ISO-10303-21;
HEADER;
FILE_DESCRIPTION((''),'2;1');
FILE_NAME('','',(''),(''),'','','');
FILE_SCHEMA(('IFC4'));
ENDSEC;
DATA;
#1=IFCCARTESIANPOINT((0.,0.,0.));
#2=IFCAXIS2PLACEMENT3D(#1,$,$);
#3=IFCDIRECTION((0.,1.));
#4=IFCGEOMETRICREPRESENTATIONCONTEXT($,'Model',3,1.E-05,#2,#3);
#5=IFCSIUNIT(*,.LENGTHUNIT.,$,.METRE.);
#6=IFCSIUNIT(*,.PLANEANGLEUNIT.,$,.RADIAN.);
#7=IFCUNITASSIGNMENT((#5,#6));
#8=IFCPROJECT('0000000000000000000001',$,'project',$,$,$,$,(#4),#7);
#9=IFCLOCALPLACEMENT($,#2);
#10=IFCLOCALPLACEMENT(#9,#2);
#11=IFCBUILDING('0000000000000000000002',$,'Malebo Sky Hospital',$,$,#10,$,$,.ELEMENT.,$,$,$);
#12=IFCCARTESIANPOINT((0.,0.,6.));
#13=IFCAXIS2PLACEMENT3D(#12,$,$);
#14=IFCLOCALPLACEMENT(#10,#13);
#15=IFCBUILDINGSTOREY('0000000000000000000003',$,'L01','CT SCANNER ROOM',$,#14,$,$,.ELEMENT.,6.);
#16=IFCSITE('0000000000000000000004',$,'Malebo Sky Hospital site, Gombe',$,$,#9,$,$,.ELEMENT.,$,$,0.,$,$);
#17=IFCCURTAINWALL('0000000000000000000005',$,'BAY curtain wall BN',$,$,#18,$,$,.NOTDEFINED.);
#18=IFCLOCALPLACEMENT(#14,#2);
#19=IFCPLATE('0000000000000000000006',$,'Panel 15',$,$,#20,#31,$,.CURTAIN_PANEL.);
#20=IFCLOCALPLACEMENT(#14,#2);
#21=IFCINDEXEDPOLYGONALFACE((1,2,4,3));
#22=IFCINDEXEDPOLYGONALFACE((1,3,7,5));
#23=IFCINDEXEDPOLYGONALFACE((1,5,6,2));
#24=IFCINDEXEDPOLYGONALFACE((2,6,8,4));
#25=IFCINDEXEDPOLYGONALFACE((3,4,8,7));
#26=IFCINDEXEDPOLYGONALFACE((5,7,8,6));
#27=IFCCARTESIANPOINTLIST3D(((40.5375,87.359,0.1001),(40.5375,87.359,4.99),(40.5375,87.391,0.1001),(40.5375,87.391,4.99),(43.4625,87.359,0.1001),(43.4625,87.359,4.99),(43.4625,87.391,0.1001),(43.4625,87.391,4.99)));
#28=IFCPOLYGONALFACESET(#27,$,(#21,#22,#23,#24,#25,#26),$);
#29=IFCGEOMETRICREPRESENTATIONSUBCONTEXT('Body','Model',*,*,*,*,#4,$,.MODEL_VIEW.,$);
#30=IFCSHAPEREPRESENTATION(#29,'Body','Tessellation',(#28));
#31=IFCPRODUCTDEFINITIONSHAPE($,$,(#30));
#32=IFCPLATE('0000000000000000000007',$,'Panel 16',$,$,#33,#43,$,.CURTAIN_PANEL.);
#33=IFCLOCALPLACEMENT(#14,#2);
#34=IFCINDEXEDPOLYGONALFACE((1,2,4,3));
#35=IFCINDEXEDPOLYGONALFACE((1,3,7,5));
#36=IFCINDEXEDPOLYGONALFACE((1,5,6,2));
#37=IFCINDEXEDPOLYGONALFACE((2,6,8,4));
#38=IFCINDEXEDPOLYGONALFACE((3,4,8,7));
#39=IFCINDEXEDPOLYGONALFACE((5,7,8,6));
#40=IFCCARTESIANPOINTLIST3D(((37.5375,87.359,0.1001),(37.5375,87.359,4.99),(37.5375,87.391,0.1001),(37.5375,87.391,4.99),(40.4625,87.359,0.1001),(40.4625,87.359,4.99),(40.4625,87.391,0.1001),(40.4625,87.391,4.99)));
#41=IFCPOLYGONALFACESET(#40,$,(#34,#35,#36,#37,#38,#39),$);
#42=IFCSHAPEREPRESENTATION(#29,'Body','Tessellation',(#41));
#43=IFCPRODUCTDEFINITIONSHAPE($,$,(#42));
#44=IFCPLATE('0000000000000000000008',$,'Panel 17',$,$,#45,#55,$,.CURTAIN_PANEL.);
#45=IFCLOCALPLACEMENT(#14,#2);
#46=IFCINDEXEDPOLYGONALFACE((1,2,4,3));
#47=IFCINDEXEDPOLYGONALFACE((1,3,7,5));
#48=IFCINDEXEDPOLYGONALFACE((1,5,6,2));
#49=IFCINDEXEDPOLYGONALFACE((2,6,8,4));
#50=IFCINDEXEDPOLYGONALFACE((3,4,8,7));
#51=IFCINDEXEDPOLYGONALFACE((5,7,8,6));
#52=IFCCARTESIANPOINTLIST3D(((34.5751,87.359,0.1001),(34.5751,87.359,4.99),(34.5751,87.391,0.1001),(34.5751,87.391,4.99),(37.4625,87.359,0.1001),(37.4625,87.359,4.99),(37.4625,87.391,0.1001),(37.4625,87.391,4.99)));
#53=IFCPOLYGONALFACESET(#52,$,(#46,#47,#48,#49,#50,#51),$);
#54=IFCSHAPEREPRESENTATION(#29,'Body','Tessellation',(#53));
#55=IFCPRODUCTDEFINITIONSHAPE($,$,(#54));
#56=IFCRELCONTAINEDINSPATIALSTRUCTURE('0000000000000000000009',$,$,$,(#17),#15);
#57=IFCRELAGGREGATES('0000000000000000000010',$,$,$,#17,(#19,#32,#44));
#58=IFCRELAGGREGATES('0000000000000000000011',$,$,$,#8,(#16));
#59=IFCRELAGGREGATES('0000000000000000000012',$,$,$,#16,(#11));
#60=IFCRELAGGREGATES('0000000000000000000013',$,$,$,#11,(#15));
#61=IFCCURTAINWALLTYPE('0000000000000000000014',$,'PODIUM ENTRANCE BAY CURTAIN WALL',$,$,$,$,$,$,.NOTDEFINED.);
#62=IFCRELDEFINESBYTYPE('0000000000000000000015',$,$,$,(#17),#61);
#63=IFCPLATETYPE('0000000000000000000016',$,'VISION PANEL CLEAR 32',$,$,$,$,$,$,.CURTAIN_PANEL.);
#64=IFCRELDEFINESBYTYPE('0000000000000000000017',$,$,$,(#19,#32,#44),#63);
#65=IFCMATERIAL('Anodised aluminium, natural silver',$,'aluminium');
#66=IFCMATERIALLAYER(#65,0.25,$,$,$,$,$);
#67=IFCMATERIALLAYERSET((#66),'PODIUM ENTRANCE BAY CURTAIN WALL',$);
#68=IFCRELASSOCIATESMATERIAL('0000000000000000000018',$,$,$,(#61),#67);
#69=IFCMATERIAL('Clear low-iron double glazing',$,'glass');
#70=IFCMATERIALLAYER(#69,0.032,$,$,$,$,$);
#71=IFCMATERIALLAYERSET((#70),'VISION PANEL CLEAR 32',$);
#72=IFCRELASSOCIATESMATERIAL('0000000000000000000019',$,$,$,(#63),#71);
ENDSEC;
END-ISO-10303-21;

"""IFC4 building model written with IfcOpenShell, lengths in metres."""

from ifc_helpers import new_model, si_unit, direction, frame, origin, origin_2d, place, context, subcontext, project, spatial, rectangle, extrude, material, layer, layer_set, type_object, element, aggregate, save


model = new_model("IFC4")

# Units and contexts
model_context = context("Model", 3, precision=1e-05, world=origin(), true_north=direction((0.0, 1.0)))
body_context = subcontext(model_context, "Body", "Model", "MODEL_VIEW")
ifc_project = project(units=[si_unit("LENGTHUNIT", "METRE"), si_unit("PLANEANGLEUNIT", "RADIAN")], contexts=[model_context])

# Site, building, storey
site_placement = place(None, origin())
site = spatial("IfcSite", under=ifc_project, at=site_placement, Name="Malebo Sky Hospital site, Gombe", CompositionType="ELEMENT", RefElevation=0.0)
building_placement = place(site_placement, origin())
building = spatial("IfcBuilding", under=site, at=building_placement, Name="Malebo Sky Hospital", CompositionType="ELEMENT")
storey_placement = place(building_placement, frame((0.0, 0.0, 6.0)))
storey = spatial("IfcBuildingStorey", under=building, at=storey_placement, Name="L01", Description="CT SCANNER ROOM", CompositionType="ELEMENT", Elevation=6.0)

# Curtain wall
ifc_material_1 = material(Name="Anodised aluminium, natural silver", Category="aluminium")
ifc_layer_1 = layer(ifc_material_1, 0.25)
ifc_layer_set_1 = layer_set([ifc_layer_1], Name="PODIUM ENTRANCE BAY CURTAIN WALL")
curtain_wall_type_1 = type_object("IfcCurtainWallType", Name="PODIUM ENTRANCE BAY CURTAIN WALL", PredefinedType="NOTDEFINED", material=ifc_layer_set_1)
curtain_wall_1_placement = place(storey_placement, origin())
curtain_wall_1 = element("IfcCurtainWall", 1, at=curtain_wall_1_placement, inside=storey, type_object=curtain_wall_type_1, Name="BAY curtain wall BN", PredefinedType="NOTDEFINED")

# Plates
ifc_material_2 = material(Name="Clear low-iron double glazing", Category="glass")
ifc_layer_2 = layer(ifc_material_2, 0.032)
ifc_layer_set_2 = layer_set([ifc_layer_2], Name="VISION PANEL CLEAR 32")
plate_type = type_object("IfcPlateType", Name="VISION PANEL CLEAR 32", PredefinedType="CURTAIN_PANEL", material=ifc_layer_set_2)
plate_1_placement = place(storey_placement, frame((42.0, 87.375, 0.1001), z_axis=(0.0, 0.0, 1.0), x_axis=(-1.0, 0.0, 0.0)))
plate_1 = element("IfcPlate", 2, at=plate_1_placement, type_object=plate_type, Name="Panel 15", PredefinedType="CURTAIN_PANEL", context=body_context, shape_type="SweptSolid", body=[
    extrude(rectangle(XDim=2.925, YDim=0.032, at=origin_2d()), origin(), (0.0, 0.0, 1.0), 4.8899),
])
plate_2_placement = place(storey_placement, frame((39.0, 87.375, 0.1001), z_axis=(0.0, 0.0, 1.0), x_axis=(-1.0, 0.0, 0.0)))
plate_2 = element("IfcPlate", 3, at=plate_2_placement, type_object=plate_type, Name="Panel 16", PredefinedType="CURTAIN_PANEL", context=body_context, shape_type="SweptSolid", body=[
    extrude(rectangle(XDim=2.925, YDim=0.032, at=origin_2d()), origin(), (0.0, 0.0, 1.0), 4.8899),
])
plate_3_placement = place(storey_placement, frame((36.0188, 87.375, 0.1001), z_axis=(0.0, 0.0, 1.0), x_axis=(-1.0, 0.0, 0.0)))
plate_3 = element("IfcPlate", 4, at=plate_3_placement, type_object=plate_type, Name="Panel 17", PredefinedType="CURTAIN_PANEL", context=body_context, shape_type="SweptSolid", body=[
    extrude(rectangle(XDim=2.8875, YDim=0.032, at=origin_2d()), origin(), (0.0, 0.0, 1.0), 4.8899),
])
aggregate(curtain_wall_1, [plate_1, plate_2, plate_3])

save(model, "model.ifc")
